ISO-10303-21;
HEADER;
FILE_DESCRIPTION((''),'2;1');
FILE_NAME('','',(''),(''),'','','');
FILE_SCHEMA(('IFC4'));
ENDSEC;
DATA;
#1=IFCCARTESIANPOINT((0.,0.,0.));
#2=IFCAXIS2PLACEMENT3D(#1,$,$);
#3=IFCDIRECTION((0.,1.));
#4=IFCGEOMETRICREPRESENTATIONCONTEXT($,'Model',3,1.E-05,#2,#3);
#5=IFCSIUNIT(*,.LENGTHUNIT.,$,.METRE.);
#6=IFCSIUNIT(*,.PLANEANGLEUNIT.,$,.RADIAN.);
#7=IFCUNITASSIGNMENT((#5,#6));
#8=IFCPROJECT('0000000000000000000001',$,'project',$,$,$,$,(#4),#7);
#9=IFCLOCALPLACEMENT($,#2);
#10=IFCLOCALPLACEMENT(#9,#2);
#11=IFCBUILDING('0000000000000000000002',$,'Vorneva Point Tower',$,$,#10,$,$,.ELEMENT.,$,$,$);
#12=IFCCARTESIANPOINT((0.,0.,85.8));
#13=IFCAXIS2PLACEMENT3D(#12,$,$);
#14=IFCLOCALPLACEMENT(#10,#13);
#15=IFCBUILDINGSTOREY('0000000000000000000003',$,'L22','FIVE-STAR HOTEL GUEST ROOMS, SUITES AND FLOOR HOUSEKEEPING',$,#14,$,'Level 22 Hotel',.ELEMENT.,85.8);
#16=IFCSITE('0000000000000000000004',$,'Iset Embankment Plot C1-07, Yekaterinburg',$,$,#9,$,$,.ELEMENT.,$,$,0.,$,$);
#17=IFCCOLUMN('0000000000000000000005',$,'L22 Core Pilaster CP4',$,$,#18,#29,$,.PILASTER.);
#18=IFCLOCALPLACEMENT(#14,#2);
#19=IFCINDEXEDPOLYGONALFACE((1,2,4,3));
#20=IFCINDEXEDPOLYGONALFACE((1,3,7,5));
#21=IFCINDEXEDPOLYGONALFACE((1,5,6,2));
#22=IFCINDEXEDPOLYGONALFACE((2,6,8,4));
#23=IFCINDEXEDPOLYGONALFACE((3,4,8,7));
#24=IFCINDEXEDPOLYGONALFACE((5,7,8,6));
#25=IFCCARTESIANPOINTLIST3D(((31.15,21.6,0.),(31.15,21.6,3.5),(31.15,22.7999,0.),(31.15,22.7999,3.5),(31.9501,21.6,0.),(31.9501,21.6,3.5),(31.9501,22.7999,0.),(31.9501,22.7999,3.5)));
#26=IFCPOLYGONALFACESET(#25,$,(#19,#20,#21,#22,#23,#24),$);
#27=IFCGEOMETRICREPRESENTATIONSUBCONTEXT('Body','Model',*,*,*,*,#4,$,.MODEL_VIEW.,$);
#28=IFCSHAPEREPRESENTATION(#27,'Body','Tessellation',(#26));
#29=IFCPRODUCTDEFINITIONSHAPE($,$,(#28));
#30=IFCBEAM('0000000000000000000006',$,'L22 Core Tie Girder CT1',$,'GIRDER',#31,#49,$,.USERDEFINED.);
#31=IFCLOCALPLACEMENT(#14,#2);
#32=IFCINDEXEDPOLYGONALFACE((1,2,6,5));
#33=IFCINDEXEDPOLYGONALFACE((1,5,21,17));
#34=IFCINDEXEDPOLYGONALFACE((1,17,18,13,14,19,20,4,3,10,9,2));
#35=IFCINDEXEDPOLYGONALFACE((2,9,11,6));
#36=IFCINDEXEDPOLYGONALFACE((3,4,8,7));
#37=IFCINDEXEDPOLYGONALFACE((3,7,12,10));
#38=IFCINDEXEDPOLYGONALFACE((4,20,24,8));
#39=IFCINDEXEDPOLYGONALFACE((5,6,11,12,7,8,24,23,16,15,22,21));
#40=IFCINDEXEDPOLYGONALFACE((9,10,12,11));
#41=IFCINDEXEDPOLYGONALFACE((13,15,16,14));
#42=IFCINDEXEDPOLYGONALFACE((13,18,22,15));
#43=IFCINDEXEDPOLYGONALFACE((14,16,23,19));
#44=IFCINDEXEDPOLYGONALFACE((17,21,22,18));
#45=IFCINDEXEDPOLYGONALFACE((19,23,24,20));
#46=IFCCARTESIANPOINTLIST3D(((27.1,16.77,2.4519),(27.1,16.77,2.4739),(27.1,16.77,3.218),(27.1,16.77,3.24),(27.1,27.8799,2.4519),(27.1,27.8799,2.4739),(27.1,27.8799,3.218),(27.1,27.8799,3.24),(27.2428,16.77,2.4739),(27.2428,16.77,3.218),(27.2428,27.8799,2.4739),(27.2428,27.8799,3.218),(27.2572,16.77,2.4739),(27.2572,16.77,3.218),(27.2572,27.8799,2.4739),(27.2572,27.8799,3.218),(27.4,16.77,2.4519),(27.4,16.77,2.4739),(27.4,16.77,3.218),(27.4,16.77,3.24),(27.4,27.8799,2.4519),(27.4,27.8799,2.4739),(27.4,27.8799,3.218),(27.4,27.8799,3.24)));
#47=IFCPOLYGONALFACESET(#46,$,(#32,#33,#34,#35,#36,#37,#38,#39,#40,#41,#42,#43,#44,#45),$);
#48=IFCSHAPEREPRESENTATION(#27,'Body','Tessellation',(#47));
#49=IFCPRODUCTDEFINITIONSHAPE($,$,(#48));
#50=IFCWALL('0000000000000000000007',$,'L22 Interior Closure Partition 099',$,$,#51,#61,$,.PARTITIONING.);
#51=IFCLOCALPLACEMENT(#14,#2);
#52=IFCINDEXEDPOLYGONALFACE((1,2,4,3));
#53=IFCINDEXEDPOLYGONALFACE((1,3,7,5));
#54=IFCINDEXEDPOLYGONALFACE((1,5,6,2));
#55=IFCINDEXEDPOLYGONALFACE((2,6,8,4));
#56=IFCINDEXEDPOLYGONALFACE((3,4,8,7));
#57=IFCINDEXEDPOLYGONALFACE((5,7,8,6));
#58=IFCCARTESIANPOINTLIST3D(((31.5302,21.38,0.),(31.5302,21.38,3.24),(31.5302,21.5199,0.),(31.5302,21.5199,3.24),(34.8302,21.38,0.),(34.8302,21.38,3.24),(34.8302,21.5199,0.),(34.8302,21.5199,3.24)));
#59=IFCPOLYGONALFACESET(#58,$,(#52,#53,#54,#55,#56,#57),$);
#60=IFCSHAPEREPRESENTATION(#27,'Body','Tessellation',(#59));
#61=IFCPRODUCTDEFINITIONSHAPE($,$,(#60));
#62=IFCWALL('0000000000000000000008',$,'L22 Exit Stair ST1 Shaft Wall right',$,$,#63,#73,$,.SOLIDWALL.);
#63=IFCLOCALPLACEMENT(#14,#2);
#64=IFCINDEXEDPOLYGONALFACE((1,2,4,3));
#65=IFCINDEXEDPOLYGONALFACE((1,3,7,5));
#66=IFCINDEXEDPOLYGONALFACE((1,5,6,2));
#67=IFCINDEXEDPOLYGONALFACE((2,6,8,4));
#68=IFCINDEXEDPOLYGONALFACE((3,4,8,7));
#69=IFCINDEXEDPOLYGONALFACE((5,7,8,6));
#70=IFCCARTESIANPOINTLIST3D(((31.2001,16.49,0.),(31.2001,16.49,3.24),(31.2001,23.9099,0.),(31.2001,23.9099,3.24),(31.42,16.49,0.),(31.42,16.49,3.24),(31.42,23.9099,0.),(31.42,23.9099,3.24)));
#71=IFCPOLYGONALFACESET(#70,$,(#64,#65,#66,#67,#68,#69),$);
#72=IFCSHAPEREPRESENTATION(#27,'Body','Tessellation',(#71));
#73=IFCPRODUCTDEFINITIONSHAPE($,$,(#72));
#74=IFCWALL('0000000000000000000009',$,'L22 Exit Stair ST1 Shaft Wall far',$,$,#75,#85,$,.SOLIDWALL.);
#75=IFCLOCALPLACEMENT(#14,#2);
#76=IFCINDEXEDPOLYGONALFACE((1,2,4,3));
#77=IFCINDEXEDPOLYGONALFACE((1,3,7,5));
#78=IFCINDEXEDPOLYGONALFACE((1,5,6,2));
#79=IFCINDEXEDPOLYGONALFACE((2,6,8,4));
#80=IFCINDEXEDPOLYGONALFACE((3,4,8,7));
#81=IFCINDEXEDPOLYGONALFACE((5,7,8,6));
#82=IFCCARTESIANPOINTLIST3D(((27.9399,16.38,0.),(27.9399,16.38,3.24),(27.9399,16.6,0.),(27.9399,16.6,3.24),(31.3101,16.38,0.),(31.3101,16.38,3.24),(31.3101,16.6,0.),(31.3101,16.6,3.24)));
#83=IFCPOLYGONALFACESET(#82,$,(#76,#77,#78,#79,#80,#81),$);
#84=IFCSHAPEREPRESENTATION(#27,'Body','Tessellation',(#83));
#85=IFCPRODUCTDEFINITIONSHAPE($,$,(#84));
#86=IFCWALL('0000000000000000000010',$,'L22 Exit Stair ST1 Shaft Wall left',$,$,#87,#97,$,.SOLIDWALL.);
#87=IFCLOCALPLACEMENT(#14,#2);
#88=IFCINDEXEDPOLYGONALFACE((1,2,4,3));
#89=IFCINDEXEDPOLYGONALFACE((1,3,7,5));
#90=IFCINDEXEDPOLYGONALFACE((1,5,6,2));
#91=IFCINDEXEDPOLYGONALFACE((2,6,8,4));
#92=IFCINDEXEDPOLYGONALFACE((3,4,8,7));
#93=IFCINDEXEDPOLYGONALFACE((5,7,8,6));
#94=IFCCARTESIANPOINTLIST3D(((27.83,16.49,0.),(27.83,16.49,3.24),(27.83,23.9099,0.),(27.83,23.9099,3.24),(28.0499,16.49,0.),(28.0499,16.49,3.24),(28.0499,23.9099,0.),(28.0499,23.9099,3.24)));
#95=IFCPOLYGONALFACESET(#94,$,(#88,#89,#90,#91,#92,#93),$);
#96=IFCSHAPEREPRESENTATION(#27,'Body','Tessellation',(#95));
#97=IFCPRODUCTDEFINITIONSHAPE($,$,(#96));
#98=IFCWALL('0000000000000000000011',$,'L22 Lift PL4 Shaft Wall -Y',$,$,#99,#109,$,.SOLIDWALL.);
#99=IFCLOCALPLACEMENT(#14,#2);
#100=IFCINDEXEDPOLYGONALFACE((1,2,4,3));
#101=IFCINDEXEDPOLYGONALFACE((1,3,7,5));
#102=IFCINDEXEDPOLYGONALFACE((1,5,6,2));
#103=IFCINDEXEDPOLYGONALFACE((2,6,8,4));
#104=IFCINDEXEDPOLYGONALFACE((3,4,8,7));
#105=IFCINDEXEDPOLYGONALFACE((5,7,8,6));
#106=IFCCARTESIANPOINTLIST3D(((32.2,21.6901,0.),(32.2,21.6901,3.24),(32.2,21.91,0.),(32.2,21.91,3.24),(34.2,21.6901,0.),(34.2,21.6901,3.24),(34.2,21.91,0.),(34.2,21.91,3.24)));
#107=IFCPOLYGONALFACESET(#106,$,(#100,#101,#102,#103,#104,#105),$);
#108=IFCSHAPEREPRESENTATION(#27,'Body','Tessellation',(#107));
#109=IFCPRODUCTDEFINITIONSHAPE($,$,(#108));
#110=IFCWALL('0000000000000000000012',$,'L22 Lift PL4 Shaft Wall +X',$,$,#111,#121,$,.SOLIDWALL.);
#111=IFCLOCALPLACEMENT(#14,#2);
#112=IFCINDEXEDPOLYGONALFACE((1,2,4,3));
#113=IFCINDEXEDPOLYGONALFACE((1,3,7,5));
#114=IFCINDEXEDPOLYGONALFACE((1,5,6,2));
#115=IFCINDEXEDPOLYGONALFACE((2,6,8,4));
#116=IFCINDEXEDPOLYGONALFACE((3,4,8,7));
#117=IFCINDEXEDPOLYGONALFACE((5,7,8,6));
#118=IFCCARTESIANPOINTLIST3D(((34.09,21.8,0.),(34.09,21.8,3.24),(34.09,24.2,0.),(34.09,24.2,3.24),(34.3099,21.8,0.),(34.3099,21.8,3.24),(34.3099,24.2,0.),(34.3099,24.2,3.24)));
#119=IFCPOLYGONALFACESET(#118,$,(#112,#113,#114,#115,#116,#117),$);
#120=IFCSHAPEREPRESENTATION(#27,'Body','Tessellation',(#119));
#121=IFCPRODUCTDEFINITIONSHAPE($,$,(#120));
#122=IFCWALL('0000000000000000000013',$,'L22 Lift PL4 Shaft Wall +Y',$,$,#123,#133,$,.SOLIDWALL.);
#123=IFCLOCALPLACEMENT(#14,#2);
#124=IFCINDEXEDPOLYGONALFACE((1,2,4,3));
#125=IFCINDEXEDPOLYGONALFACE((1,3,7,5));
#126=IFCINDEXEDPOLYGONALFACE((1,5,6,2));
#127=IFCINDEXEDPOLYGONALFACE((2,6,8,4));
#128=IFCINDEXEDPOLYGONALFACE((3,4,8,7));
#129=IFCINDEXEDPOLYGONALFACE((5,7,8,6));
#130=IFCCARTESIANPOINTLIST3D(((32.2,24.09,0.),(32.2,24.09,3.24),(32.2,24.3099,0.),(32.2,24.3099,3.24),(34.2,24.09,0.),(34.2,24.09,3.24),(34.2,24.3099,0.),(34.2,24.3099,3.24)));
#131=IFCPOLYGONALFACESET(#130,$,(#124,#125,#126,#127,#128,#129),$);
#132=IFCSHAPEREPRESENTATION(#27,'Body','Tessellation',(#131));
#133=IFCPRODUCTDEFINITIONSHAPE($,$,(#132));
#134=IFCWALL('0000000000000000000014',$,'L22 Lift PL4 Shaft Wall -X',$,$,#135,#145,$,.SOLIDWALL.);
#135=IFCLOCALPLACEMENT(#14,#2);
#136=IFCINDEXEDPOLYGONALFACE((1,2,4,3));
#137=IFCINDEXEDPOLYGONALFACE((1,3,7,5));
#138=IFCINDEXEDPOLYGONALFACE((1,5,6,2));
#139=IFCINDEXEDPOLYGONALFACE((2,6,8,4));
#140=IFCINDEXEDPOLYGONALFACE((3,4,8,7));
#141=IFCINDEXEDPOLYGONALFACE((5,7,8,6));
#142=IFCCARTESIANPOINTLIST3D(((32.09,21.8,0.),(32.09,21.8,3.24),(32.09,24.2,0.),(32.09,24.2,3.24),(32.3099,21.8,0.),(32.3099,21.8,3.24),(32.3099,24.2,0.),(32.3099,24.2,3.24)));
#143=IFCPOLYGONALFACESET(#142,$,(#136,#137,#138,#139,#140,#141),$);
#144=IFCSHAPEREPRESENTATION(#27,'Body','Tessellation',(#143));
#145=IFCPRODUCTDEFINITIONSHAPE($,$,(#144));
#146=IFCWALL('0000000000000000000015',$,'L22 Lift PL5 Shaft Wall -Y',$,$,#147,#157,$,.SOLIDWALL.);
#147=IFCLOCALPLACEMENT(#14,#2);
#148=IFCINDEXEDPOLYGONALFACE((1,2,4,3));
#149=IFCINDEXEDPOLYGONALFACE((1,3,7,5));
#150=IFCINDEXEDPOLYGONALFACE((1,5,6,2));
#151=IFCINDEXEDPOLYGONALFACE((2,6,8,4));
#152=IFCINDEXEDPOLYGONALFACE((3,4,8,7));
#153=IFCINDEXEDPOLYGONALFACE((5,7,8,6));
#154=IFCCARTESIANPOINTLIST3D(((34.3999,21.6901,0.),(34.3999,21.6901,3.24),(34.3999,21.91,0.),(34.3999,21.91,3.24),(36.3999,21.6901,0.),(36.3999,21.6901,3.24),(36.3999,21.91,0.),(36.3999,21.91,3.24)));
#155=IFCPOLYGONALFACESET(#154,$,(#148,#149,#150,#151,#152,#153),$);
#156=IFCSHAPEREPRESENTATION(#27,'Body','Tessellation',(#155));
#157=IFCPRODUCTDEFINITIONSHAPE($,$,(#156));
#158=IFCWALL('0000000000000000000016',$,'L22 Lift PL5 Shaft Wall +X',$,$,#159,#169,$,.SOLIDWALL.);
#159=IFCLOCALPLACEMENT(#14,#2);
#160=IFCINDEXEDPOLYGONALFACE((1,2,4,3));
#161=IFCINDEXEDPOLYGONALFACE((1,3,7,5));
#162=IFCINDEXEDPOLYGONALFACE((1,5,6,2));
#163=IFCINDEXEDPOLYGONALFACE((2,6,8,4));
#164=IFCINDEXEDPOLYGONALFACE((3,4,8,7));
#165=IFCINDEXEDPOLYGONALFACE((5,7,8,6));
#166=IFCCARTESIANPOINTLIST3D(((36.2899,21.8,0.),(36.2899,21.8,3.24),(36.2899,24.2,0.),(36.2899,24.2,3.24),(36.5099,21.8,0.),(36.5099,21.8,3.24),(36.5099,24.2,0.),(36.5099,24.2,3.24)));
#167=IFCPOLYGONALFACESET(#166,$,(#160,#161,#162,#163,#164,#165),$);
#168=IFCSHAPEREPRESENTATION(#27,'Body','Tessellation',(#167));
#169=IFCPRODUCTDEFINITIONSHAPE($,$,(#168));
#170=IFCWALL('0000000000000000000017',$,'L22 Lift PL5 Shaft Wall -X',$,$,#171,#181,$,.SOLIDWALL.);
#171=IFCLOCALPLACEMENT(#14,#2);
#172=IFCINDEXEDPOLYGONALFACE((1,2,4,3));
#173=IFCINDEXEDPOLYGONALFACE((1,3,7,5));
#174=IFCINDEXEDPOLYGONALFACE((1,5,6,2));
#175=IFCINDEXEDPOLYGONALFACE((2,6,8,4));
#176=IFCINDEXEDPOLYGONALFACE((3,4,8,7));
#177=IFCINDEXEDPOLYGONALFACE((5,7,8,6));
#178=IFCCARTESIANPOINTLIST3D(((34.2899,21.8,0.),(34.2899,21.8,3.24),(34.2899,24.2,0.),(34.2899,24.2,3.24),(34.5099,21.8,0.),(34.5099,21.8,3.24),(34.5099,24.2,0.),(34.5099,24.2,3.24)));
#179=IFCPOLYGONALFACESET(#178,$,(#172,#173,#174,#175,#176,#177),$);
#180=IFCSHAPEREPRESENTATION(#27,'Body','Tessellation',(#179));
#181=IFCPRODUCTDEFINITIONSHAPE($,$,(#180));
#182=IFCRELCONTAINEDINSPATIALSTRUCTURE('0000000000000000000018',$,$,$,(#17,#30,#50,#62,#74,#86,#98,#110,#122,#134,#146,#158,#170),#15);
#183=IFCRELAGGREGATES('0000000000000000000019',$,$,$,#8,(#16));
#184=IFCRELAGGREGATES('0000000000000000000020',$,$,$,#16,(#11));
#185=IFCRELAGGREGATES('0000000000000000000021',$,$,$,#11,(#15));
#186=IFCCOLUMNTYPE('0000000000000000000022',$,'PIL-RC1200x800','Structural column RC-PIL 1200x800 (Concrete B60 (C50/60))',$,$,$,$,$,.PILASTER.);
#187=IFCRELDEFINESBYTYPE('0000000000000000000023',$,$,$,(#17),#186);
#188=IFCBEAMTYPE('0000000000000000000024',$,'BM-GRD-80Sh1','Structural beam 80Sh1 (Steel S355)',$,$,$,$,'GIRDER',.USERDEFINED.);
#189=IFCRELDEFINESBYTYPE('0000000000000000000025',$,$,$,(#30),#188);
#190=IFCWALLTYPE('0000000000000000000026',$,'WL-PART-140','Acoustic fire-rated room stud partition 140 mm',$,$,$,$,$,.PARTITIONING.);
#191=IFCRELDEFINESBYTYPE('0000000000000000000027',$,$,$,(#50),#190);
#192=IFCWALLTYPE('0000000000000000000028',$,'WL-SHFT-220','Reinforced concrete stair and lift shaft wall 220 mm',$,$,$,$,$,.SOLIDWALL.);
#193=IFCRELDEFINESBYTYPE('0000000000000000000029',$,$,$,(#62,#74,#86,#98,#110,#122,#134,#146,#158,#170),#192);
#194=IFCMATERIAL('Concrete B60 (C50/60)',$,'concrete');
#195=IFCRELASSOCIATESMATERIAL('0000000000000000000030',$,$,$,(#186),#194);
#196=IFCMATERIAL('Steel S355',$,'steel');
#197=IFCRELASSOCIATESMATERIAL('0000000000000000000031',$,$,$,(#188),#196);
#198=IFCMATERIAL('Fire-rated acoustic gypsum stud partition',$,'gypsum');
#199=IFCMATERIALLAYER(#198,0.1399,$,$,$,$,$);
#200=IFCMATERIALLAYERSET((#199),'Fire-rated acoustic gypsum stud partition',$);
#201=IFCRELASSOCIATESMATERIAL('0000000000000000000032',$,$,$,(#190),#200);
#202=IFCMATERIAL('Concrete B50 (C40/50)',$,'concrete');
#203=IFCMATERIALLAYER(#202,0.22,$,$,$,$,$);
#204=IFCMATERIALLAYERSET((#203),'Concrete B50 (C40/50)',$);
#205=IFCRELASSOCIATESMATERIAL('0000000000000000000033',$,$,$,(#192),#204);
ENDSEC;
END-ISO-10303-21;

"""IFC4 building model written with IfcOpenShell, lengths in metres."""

from ifc_helpers import new_model, si_unit, direction, frame, frame_2d, origin, origin_2d, place, context, subcontext, project, spatial, rectangle, i_section, extrude, material, layer, layer_set, material_profile, profile_set, type_object, element, save


model = new_model("IFC4")

# Units and contexts
model_context = context("Model", 3, precision=1e-05, world=origin(), true_north=direction((0.0, 1.0)))
body_context = subcontext(model_context, "Body", "Model", "MODEL_VIEW")
ifc_project = project(units=[si_unit("LENGTHUNIT", "METRE"), si_unit("PLANEANGLEUNIT", "RADIAN")], contexts=[model_context])

# Site, building, storey
site_placement = place(None, origin())
site = spatial("IfcSite", under=ifc_project, at=site_placement, Name="Iset Embankment Plot C1-07, Yekaterinburg", CompositionType="ELEMENT", RefElevation=0.0)
building_placement = place(site_placement, origin())
building = spatial("IfcBuilding", under=site, at=building_placement, Name="Vorneva Point Tower", CompositionType="ELEMENT")
storey_placement = place(building_placement, frame((0.0, 0.0, 85.8)))
storey = spatial("IfcBuildingStorey", under=building, at=storey_placement, Name="L22", Description="FIVE-STAR HOTEL GUEST ROOMS, SUITES AND FLOOR HOUSEKEEPING", LongName="Level 22 Hotel", CompositionType="ELEMENT", Elevation=85.8)

# Column
ifc_material_1 = material(Name="Concrete B60 (C50/60)", Category="concrete")
ifc_material_profile_1 = material_profile(ifc_material_1, rectangle(XDim=0.8, YDim=1.2, at=origin_2d()), Name="RC-PIL 1200x800")
ifc_profile_set_1 = profile_set([ifc_material_profile_1], Name="Concrete B60 (C50/60)")
column_type = type_object("IfcColumnType", Name="PIL-RC1200x800", Description="Structural column RC-PIL 1200x800 (Concrete B60 (C50/60))", PredefinedType="PILASTER", material=ifc_profile_set_1)
column_placement = place(storey_placement, frame((31.55, 22.2, 0.0), z_axis=(0.0, 0.0, 1.0), x_axis=(1.0, 0.0, 0.0)))
element("IfcColumn", 1, at=column_placement, inside=storey, type_object=column_type, Name="L22 Core Pilaster CP4", PredefinedType="PILASTER", context=body_context, shape_type="SweptSolid", body=[
    extrude(rectangle(XDim=0.8, YDim=1.2, at=origin_2d()), origin(), (0.0, 0.0, 1.0), 3.5),
])

# Beam
ifc_material_2 = material(Name="Steel S355", Category="steel")
ifc_material_profile_2 = material_profile(ifc_material_2, i_section(OverallWidth=0.3, OverallDepth=0.7881, WebThickness=0.0144, FlangeThickness=0.022, at=origin_2d()), Name="80Sh1")
ifc_profile_set_2 = profile_set([ifc_material_profile_2], Name="Steel S355")
beam_type = type_object("IfcBeamType", Name="BM-GRD-80Sh1", Description="Structural beam 80Sh1 (Steel S355)", ElementType="GIRDER", PredefinedType="USERDEFINED", material=ifc_profile_set_2)
beam_placement = place(storey_placement, frame((27.25, 16.77, 2.8459), z_axis=(0.0, 1.0, 0.0), x_axis=(-1.0, 0.0, 0.0)))
element("IfcBeam", 2, at=beam_placement, inside=storey, type_object=beam_type, Name="L22 Core Tie Girder CT1", ObjectType="GIRDER", PredefinedType="USERDEFINED", context=body_context, shape_type="SweptSolid", body=[
    extrude(i_section(OverallWidth=0.3, OverallDepth=0.7881, WebThickness=0.0144, FlangeThickness=0.022, at=origin_2d()), origin(), (0.0, 0.0, 1.0), 11.1099),
])

# Wall
ifc_material_3 = material(Name="Fire-rated acoustic gypsum stud partition", Category="gypsum")
ifc_layer_1 = layer(ifc_material_3, 0.1399)
ifc_layer_set_1 = layer_set([ifc_layer_1], Name="Fire-rated acoustic gypsum stud partition")
wall_type_1 = type_object("IfcWallType", Name="WL-PART-140", Description="Acoustic fire-rated room stud partition 140 mm", PredefinedType="PARTITIONING", material=ifc_layer_set_1)
wall_1_placement = place(storey_placement, frame((34.8301, 21.45, 0.0), z_axis=(0.0, 0.0, 1.0), x_axis=(-1.0, 0.0, 0.0)))
element("IfcWall", 3, at=wall_1_placement, inside=storey, type_object=wall_type_1, Name="L22 Interior Closure Partition 099", PredefinedType="PARTITIONING", context=body_context, shape_type="SweptSolid", body=[
    extrude(rectangle(XDim=3.3, YDim=0.1399, at=frame_2d((1.6499, 0.0))), origin(), (0.0, 0.0, 1.0), 3.24),
])

# Shared definitions
ifc_material_4 = material(Name="Concrete B50 (C40/50)", Category="concrete")
ifc_layer_2 = layer(ifc_material_4, 0.22)
ifc_layer_set_2 = layer_set([ifc_layer_2], Name="Concrete B50 (C40/50)")
wall_type_2 = type_object("IfcWallType", Name="WL-SHFT-220", Description="Reinforced concrete stair and lift shaft wall 220 mm", PredefinedType="SOLIDWALL", material=ifc_layer_set_2)

# Walls
wall_2_placement = place(storey_placement, frame((31.3101, 23.9099, 0.0), z_axis=(0.0, 0.0, 1.0), x_axis=(0.0, -1.0, 0.0)))
element("IfcWall", 4, at=wall_2_placement, inside=storey, type_object=wall_type_2, Name="L22 Exit Stair ST1 Shaft Wall right", PredefinedType="SOLIDWALL", context=body_context, shape_type="SweptSolid", body=[
    extrude(rectangle(XDim=7.4199, YDim=0.22, at=frame_2d((3.71, 0.0))), origin(), (0.0, 0.0, 1.0), 3.24),
])
wall_3_placement = place(storey_placement, frame((31.3101, 16.49, 0.0), z_axis=(0.0, 0.0, 1.0), x_axis=(-1.0, 0.0, 0.0)))
element("IfcWall", 5, at=wall_3_placement, inside=storey, type_object=wall_type_2, Name="L22 Exit Stair ST1 Shaft Wall far", PredefinedType="SOLIDWALL", context=body_context, shape_type="SweptSolid", body=[
    extrude(rectangle(XDim=3.3701, YDim=0.22, at=frame_2d((1.6851, 0.0))), origin(), (0.0, 0.0, 1.0), 3.24),
])
wall_4_placement = place(storey_placement, frame((27.9399, 16.49, 0.0), z_axis=(0.0, 0.0, 1.0), x_axis=(0.0, 1.0, 0.0)))
element("IfcWall", 6, at=wall_4_placement, inside=storey, type_object=wall_type_2, Name="L22 Exit Stair ST1 Shaft Wall left", PredefinedType="SOLIDWALL", context=body_context, shape_type="SweptSolid", body=[
    extrude(rectangle(XDim=7.4199, YDim=0.22, at=frame_2d((3.71, 0.0))), origin(), (0.0, 0.0, 1.0), 3.24),
])
wall_5_placement = place(storey_placement, frame((32.2, 21.8, 0.0), z_axis=(0.0, 0.0, 1.0), x_axis=(1.0, 0.0, 0.0)))
element("IfcWall", 7, at=wall_5_placement, inside=storey, type_object=wall_type_2, Name="L22 Lift PL4 Shaft Wall -Y", PredefinedType="SOLIDWALL", context=body_context, shape_type="SweptSolid", body=[
    extrude(rectangle(XDim=2.0, YDim=0.22, at=frame_2d((1.0, 0.0))), origin(), (0.0, 0.0, 1.0), 3.24),
])
wall_6_placement = place(storey_placement, frame((34.2, 21.8, 0.0), z_axis=(0.0, 0.0, 1.0), x_axis=(0.0, 1.0, 0.0)))
element("IfcWall", 8, at=wall_6_placement, inside=storey, type_object=wall_type_2, Name="L22 Lift PL4 Shaft Wall +X", PredefinedType="SOLIDWALL", context=body_context, shape_type="SweptSolid", body=[
    extrude(rectangle(XDim=2.3999, YDim=0.22, at=frame_2d((1.2, 0.0))), origin(), (0.0, 0.0, 1.0), 3.24),
])
wall_7_placement = place(storey_placement, frame((34.2, 24.2, 0.0), z_axis=(0.0, 0.0, 1.0), x_axis=(-1.0, 0.0, 0.0)))
element("IfcWall", 9, at=wall_7_placement, inside=storey, type_object=wall_type_2, Name="L22 Lift PL4 Shaft Wall +Y", PredefinedType="SOLIDWALL", context=body_context, shape_type="SweptSolid", body=[
    extrude(rectangle(XDim=2.0, YDim=0.22, at=frame_2d((1.0, 0.0))), origin(), (0.0, 0.0, 1.0), 3.24),
])
wall_8_placement = place(storey_placement, frame((32.2, 24.2, 0.0), z_axis=(0.0, 0.0, 1.0), x_axis=(0.0, -1.0, 0.0)))
element("IfcWall", 10, at=wall_8_placement, inside=storey, type_object=wall_type_2, Name="L22 Lift PL4 Shaft Wall -X", PredefinedType="SOLIDWALL", context=body_context, shape_type="SweptSolid", body=[
    extrude(rectangle(XDim=2.3999, YDim=0.22, at=frame_2d((1.2, 0.0))), origin(), (0.0, 0.0, 1.0), 3.24),
])
wall_9_placement = place(storey_placement, frame((34.3999, 21.8, 0.0), z_axis=(0.0, 0.0, 1.0), x_axis=(1.0, 0.0, 0.0)))
element("IfcWall", 11, at=wall_9_placement, inside=storey, type_object=wall_type_2, Name="L22 Lift PL5 Shaft Wall -Y", PredefinedType="SOLIDWALL", context=body_context, shape_type="SweptSolid", body=[
    extrude(rectangle(XDim=2.0, YDim=0.22, at=frame_2d((1.0, 0.0))), origin(), (0.0, 0.0, 1.0), 3.24),
])
for number, where, z_axis, x_axis, name in (
    (12, (36.3999, 21.8, 0.0), (0.0, 0.0, 1.0), (0.0, 1.0, 0.0), "L22 Lift PL5 Shaft Wall +X"),
    (13, (34.3999, 24.2, 0.0), (0.0, 0.0, 1.0), (0.0, -1.0, 0.0), "L22 Lift PL5 Shaft Wall -X"),
):
    element("IfcWall", number, at=place(storey_placement, frame(where, z_axis=z_axis, x_axis=x_axis)), inside=storey, type_object=wall_type_2, Name=name, PredefinedType="SOLIDWALL", context=body_context, shape_type="SweptSolid", body=[
        extrude(rectangle(XDim=2.3999, YDim=0.22, at=frame_2d((1.2, 0.0))), origin(), (0.0, 0.0, 1.0), 3.24),
    ])

save(model, "model.ifc")
